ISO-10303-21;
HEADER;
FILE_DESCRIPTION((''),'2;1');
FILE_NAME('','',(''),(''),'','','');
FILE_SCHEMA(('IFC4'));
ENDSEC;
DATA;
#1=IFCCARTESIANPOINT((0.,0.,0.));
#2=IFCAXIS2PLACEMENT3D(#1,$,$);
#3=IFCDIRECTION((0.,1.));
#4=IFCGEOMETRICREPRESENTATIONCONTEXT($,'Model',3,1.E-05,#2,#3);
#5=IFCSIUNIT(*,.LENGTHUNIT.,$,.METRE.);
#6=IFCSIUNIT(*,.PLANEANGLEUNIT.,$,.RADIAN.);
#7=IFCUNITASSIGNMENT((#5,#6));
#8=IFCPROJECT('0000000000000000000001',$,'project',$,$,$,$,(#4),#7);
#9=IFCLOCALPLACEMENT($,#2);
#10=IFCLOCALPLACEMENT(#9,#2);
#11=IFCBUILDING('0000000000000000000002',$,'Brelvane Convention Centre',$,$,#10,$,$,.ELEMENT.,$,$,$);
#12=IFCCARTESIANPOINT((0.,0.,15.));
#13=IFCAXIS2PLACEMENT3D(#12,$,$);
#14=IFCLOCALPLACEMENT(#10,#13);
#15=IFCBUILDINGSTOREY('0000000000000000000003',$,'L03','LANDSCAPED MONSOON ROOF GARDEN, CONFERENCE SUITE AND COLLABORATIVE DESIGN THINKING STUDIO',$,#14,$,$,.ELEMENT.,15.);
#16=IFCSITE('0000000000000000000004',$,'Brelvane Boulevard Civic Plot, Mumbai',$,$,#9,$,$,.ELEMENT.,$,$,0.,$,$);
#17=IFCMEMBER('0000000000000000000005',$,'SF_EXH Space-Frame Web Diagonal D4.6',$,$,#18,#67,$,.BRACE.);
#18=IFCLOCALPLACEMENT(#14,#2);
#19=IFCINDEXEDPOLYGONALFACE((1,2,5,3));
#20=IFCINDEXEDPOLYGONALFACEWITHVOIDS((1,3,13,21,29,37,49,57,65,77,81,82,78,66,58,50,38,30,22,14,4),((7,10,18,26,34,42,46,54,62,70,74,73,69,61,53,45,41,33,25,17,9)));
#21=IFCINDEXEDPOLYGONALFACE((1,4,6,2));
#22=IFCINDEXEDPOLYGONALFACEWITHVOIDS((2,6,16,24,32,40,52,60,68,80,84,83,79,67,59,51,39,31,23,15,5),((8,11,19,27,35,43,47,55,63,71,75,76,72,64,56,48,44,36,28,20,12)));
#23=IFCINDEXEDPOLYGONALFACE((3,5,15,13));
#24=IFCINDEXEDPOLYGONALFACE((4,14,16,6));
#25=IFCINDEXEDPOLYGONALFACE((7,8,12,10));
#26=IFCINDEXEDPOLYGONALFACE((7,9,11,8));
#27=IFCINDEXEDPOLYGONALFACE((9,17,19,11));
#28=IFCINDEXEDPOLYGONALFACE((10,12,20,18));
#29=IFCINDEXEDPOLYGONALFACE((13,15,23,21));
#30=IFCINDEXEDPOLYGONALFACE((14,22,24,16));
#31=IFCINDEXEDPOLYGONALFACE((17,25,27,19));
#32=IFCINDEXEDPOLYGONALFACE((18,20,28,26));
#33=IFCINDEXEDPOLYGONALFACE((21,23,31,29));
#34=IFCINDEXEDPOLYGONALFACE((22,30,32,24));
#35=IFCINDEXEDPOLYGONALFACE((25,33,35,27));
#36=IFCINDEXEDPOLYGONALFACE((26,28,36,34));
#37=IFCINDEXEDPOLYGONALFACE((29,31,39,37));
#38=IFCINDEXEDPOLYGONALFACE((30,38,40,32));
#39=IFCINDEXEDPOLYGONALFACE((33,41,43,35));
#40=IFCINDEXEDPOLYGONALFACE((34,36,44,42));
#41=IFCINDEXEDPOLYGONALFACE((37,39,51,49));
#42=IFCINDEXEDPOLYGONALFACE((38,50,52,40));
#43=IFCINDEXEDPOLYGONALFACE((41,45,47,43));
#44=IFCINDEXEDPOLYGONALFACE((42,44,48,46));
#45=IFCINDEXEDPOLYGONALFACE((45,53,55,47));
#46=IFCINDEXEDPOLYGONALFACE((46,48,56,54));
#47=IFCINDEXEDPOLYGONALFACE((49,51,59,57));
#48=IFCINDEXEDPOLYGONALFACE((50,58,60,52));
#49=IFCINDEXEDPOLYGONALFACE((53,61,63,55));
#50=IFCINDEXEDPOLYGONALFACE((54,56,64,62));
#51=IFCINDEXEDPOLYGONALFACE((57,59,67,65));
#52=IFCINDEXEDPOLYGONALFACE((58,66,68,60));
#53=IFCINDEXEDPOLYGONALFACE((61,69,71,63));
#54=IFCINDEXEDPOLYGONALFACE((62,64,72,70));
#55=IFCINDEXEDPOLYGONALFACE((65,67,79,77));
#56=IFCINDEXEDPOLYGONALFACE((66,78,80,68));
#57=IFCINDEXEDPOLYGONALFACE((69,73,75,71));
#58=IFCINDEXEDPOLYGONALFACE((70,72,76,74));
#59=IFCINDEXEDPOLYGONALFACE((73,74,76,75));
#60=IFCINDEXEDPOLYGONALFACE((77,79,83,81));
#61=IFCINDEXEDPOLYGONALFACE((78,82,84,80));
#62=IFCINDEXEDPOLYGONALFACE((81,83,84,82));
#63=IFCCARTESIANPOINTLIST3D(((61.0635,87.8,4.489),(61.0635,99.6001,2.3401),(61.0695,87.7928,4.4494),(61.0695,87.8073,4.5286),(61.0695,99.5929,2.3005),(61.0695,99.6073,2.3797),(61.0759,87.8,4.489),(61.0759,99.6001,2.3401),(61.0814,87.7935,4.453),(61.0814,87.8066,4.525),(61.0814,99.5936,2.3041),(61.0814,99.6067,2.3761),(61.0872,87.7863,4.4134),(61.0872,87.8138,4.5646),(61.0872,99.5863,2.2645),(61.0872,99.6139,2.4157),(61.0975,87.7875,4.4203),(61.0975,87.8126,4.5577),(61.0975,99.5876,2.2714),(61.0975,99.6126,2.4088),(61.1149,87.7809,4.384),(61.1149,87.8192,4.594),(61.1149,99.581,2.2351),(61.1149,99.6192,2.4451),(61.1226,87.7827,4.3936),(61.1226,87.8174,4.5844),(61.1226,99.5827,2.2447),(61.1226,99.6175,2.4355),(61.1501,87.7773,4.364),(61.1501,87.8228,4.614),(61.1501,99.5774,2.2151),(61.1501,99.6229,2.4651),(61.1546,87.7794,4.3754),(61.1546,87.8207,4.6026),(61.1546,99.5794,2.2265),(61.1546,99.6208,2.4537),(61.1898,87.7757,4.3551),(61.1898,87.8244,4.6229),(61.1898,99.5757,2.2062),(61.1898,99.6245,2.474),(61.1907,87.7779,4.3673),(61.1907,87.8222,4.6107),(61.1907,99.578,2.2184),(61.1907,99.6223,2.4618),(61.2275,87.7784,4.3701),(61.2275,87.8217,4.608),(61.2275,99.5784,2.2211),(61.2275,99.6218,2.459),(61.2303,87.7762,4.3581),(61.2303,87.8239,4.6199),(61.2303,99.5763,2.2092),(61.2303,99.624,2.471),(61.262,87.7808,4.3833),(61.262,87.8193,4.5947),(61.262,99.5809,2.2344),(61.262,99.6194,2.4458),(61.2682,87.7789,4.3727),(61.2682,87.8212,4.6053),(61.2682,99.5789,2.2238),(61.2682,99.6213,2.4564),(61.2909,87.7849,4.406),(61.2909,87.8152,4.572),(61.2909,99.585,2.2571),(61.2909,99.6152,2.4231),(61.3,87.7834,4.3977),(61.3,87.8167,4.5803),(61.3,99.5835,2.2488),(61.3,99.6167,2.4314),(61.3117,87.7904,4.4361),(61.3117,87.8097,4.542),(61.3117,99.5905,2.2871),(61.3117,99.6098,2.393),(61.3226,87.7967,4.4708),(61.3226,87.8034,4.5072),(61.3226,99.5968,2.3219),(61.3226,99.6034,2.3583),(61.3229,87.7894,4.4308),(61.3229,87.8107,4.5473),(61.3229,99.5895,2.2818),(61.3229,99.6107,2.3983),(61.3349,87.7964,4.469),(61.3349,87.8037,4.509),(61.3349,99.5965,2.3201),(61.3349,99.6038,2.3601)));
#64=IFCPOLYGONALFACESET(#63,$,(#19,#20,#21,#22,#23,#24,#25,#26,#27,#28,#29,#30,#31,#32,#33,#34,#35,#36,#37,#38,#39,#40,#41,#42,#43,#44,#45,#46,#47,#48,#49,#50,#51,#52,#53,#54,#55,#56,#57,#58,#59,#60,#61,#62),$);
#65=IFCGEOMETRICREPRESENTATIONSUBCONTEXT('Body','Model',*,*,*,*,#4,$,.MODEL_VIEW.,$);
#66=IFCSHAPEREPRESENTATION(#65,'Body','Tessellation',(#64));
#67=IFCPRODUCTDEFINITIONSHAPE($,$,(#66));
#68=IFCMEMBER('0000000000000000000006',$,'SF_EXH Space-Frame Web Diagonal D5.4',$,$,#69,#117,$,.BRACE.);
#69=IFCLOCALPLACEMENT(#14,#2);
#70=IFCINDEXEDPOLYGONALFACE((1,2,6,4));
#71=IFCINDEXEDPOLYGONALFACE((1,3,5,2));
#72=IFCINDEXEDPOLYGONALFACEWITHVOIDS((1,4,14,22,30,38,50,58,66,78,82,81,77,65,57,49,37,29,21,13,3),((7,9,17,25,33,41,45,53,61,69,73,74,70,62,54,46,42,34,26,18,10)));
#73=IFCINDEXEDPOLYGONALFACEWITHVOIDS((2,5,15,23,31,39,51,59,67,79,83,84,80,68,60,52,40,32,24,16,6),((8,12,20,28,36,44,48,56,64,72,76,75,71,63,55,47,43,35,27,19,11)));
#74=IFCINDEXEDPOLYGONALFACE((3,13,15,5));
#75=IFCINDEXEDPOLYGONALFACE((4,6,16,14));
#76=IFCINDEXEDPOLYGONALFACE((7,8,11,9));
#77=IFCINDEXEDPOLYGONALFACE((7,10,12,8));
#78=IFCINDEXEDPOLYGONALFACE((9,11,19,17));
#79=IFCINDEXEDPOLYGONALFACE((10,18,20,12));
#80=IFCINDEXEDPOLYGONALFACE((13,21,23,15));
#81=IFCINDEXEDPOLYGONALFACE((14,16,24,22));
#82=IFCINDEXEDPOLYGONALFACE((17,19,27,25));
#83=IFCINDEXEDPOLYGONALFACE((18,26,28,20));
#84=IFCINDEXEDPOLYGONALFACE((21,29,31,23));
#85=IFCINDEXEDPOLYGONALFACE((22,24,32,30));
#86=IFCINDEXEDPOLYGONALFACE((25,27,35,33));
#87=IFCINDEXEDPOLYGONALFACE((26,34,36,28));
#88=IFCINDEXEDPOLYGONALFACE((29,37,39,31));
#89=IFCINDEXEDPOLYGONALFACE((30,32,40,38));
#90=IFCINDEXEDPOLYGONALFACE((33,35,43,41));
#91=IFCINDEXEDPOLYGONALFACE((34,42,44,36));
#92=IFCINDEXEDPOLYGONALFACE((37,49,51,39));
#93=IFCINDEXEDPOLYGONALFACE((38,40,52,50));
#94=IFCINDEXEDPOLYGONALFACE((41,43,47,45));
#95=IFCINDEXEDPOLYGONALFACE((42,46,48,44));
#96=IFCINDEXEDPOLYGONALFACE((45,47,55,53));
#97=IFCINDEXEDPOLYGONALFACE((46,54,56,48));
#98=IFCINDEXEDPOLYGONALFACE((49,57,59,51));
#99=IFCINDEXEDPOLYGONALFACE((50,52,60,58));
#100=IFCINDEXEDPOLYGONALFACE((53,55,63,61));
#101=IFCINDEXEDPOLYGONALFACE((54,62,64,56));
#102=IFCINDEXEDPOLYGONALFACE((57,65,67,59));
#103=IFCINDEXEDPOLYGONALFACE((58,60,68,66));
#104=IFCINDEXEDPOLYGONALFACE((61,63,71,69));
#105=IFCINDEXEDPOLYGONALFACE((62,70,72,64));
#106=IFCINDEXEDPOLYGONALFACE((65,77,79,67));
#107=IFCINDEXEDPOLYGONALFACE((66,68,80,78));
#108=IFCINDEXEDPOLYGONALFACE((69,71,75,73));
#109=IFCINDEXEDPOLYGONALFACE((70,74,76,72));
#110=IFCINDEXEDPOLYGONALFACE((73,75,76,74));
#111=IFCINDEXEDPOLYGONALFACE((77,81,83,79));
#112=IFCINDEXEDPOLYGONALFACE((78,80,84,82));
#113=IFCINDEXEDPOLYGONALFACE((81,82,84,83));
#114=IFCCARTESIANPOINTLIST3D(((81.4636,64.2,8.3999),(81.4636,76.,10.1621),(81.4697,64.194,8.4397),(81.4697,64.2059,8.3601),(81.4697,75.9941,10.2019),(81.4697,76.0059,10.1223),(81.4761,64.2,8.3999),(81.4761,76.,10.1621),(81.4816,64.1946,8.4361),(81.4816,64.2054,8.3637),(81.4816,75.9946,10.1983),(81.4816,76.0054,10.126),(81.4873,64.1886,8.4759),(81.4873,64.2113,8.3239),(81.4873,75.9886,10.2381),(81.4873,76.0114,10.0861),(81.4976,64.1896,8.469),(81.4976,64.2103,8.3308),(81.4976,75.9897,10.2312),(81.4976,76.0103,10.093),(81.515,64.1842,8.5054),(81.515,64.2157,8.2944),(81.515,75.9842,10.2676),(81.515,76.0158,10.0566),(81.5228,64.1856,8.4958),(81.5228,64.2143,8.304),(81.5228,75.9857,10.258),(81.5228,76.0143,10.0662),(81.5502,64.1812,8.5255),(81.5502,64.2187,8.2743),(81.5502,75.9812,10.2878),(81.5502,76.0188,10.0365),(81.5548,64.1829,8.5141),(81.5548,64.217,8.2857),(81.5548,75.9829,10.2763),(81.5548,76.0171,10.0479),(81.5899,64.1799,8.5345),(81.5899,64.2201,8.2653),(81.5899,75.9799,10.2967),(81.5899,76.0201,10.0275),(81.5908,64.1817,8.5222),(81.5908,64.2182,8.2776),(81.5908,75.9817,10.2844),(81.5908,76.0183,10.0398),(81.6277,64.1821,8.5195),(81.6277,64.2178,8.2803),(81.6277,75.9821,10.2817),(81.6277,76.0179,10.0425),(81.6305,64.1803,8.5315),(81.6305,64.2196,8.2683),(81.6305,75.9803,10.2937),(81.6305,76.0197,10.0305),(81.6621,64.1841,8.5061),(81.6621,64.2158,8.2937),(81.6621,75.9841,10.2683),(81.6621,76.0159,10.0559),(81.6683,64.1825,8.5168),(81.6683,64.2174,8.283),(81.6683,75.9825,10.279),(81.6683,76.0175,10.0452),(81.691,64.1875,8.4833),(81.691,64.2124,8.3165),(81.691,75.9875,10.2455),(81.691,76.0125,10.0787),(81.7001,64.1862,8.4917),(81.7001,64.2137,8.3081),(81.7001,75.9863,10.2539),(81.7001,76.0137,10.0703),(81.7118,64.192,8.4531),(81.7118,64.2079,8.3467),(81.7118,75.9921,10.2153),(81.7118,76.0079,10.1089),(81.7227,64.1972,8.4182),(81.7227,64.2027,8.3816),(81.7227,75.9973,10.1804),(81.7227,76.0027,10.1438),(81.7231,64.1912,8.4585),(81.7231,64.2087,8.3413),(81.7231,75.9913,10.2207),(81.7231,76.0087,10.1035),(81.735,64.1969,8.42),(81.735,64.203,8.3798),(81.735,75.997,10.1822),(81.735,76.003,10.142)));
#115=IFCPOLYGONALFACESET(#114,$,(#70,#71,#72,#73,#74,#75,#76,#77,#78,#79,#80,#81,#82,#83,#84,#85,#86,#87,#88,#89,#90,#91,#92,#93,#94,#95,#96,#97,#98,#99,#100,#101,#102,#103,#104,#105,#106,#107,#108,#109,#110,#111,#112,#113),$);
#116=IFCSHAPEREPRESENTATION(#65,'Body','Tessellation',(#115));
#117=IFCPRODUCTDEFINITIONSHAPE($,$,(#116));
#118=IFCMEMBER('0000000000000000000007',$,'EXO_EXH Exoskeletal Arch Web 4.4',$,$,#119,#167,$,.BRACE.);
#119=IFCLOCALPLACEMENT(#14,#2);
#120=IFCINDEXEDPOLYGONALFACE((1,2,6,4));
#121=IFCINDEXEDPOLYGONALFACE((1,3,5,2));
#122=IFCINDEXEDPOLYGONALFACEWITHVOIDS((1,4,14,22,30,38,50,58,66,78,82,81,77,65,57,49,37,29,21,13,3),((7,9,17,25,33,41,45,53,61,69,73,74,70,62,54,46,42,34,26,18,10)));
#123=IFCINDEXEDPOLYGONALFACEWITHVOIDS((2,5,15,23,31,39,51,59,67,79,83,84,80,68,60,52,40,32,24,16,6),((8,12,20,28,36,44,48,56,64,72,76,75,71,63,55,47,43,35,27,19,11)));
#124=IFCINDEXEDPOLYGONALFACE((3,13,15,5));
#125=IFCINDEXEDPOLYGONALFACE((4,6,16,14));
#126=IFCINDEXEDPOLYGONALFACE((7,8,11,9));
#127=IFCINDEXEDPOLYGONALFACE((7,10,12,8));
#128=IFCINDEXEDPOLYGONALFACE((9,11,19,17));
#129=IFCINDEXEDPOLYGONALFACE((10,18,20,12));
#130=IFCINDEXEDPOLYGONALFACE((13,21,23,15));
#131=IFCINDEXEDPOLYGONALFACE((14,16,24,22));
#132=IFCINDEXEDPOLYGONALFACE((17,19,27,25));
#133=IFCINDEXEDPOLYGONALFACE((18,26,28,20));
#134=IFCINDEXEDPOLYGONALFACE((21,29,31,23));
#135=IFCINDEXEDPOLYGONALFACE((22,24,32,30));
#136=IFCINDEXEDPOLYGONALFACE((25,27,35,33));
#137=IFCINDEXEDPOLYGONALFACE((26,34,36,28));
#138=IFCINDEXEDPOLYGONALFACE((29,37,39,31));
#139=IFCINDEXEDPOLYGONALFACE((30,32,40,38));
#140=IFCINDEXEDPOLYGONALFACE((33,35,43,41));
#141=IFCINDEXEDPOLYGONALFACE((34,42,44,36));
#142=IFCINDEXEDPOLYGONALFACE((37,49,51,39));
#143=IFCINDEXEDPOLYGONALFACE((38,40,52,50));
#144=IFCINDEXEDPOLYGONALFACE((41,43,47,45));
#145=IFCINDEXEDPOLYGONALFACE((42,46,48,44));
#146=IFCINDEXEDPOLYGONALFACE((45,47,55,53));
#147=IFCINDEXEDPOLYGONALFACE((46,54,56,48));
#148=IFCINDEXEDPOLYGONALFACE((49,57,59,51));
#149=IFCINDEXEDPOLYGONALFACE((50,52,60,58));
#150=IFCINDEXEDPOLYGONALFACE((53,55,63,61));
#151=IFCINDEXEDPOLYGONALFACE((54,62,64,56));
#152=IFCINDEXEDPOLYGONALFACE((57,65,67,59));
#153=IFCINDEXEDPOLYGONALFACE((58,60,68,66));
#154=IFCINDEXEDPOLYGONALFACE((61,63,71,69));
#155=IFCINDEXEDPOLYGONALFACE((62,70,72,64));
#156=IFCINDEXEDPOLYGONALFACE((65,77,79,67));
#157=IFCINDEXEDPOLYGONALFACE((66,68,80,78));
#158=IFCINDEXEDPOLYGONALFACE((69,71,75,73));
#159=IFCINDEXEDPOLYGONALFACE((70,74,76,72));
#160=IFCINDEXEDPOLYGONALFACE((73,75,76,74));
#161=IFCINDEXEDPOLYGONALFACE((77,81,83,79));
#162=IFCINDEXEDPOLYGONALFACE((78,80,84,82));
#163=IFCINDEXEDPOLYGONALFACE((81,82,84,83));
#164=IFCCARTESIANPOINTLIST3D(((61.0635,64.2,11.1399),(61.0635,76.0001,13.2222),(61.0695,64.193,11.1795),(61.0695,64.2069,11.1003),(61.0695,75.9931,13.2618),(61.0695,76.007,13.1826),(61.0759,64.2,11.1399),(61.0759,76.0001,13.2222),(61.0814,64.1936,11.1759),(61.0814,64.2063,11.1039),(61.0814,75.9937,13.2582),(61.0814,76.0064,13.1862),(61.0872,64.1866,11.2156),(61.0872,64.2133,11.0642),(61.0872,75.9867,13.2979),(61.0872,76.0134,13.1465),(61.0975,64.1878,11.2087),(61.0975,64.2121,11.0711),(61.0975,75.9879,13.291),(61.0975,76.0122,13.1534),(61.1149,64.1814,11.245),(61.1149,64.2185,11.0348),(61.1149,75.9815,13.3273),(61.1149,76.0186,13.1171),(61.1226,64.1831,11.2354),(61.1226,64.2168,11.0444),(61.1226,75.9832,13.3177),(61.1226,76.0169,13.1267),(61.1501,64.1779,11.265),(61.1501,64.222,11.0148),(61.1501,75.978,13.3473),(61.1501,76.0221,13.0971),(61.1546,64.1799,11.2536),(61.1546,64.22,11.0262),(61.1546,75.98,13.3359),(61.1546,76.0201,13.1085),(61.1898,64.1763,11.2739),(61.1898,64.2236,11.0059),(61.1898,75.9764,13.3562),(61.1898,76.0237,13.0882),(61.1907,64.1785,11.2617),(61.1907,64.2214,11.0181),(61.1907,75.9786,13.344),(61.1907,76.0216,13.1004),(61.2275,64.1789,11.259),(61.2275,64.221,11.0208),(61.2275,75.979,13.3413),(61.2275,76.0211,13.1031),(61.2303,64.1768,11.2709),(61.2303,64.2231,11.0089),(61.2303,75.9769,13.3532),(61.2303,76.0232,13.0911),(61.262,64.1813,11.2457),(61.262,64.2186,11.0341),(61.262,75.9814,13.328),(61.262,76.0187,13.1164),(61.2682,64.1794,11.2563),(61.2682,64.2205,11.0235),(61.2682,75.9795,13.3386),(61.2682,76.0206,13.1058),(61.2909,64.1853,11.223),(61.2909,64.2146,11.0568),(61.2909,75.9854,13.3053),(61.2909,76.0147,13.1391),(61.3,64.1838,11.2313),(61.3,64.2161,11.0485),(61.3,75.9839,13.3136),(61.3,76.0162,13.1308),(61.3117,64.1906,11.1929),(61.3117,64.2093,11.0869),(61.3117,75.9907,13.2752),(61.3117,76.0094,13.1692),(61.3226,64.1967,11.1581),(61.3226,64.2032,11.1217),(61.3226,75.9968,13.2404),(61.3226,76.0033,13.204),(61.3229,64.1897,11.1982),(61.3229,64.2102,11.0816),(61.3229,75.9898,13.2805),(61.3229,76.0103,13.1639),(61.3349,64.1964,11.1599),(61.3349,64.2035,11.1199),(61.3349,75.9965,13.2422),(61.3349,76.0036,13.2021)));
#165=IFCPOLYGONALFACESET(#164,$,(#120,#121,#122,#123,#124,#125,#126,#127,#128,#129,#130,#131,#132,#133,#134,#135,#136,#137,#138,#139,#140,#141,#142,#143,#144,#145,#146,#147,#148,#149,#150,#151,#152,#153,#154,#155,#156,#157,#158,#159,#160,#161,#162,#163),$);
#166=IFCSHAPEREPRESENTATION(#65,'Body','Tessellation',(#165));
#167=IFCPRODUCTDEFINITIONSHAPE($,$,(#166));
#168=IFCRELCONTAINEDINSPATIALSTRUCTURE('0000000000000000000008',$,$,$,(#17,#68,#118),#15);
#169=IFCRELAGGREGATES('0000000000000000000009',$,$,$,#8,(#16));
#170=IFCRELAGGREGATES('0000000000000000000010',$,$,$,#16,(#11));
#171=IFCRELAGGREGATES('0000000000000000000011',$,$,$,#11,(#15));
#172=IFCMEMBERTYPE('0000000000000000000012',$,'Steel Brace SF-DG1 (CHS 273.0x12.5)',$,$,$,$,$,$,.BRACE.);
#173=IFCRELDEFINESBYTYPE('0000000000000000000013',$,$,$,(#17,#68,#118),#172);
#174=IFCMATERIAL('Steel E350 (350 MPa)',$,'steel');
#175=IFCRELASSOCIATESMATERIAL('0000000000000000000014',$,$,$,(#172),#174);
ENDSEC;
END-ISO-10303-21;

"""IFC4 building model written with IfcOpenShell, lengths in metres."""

from ifc_helpers import new_model, si_unit, direction, frame, origin, origin_2d, place, context, subcontext, project, spatial, hollow_circle, extrude, material, material_profile, profile_set, type_object, element, save


model = new_model("IFC4")

# Units and contexts
model_context = context("Model", 3, precision=1e-05, world=origin(), true_north=direction((0.0, 1.0)))
body_context = subcontext(model_context, "Body", "Model", "MODEL_VIEW")
ifc_project = project(units=[si_unit("LENGTHUNIT", "METRE"), si_unit("PLANEANGLEUNIT", "RADIAN")], contexts=[model_context])

# Site, building, storey
site_placement = place(None, origin())
site = spatial("IfcSite", under=ifc_project, at=site_placement, Name="Brelvane Boulevard Civic Plot, Mumbai", CompositionType="ELEMENT", RefElevation=0.0)
building_placement = place(site_placement, origin())
building = spatial("IfcBuilding", under=site, at=building_placement, Name="Brelvane Convention Centre", CompositionType="ELEMENT")
storey_placement = place(building_placement, frame((0.0, 0.0, 15.0)))
storey = spatial("IfcBuildingStorey", under=building, at=storey_placement, Name="L03", Description="LANDSCAPED MONSOON ROOF GARDEN, CONFERENCE SUITE AND COLLABORATIVE DESIGN THINKING STUDIO", CompositionType="ELEMENT", Elevation=15.0)

# Members
ifc_material_1 = material(Name="Steel E350 (350 MPa)", Category="steel")
ifc_material_profile_1 = material_profile(ifc_material_1, hollow_circle(Radius=0.1365, WallThickness=0.0125, at=origin_2d()), Name="CHS 273.0x12.5")
ifc_profile_set_1 = profile_set([ifc_material_profile_1], Name="Steel E350 (350 MPa)")
member_type_1 = type_object("IfcMemberType", Name="Steel Brace SF-DG1 (CHS 273.0x12.5)", PredefinedType="BRACE", material=ifc_profile_set_1)
member_1_placement = place(storey_placement, frame((61.2, 87.8, 4.489), z_axis=(0.0, 0.983819, -0.179165), x_axis=(-1.0, 0.0, 0.0)))
element("IfcMember", 1, at=member_1_placement, inside=storey, type_object=member_type_1, Name="SF_EXH Space-Frame Web Diagonal D4.6", PredefinedType="BRACE", context=body_context, shape_type="SweptSolid", body=[
    extrude(hollow_circle(Radius=0.1365, WallThickness=0.0125, at=origin_2d()), origin(), (0.0, 0.0, 1.0), 11.9941),
])
member_2_placement = place(storey_placement, frame((81.6001, 64.2, 8.3999), z_axis=(0.0, 0.989032, 0.147701), x_axis=(-1.0, 0.0, 0.0)))
element("IfcMember", 2, at=member_2_placement, inside=storey, type_object=member_type_1, Name="SF_EXH Space-Frame Web Diagonal D5.4", PredefinedType="BRACE", context=body_context, shape_type="SweptSolid", body=[
    extrude(hollow_circle(Radius=0.1365, WallThickness=0.0125, at=origin_2d()), origin(), (0.0, 0.0, 1.0), 11.9309),
])
member_3_placement = place(storey_placement, frame((61.2, 64.2, 11.1399), z_axis=(0.0, 0.984785, 0.173778), x_axis=(-1.0, 0.0, 0.0)))
element("IfcMember", 3, at=member_3_placement, inside=storey, type_object=member_type_1, Name="EXO_EXH Exoskeletal Arch Web 4.4", PredefinedType="BRACE", context=body_context, shape_type="SweptSolid", body=[
    extrude(hollow_circle(Radius=0.1365, WallThickness=0.0125, at=origin_2d()), origin(), (0.0, 0.0, 1.0), 11.9824),
])

save(model, "model.ifc")
